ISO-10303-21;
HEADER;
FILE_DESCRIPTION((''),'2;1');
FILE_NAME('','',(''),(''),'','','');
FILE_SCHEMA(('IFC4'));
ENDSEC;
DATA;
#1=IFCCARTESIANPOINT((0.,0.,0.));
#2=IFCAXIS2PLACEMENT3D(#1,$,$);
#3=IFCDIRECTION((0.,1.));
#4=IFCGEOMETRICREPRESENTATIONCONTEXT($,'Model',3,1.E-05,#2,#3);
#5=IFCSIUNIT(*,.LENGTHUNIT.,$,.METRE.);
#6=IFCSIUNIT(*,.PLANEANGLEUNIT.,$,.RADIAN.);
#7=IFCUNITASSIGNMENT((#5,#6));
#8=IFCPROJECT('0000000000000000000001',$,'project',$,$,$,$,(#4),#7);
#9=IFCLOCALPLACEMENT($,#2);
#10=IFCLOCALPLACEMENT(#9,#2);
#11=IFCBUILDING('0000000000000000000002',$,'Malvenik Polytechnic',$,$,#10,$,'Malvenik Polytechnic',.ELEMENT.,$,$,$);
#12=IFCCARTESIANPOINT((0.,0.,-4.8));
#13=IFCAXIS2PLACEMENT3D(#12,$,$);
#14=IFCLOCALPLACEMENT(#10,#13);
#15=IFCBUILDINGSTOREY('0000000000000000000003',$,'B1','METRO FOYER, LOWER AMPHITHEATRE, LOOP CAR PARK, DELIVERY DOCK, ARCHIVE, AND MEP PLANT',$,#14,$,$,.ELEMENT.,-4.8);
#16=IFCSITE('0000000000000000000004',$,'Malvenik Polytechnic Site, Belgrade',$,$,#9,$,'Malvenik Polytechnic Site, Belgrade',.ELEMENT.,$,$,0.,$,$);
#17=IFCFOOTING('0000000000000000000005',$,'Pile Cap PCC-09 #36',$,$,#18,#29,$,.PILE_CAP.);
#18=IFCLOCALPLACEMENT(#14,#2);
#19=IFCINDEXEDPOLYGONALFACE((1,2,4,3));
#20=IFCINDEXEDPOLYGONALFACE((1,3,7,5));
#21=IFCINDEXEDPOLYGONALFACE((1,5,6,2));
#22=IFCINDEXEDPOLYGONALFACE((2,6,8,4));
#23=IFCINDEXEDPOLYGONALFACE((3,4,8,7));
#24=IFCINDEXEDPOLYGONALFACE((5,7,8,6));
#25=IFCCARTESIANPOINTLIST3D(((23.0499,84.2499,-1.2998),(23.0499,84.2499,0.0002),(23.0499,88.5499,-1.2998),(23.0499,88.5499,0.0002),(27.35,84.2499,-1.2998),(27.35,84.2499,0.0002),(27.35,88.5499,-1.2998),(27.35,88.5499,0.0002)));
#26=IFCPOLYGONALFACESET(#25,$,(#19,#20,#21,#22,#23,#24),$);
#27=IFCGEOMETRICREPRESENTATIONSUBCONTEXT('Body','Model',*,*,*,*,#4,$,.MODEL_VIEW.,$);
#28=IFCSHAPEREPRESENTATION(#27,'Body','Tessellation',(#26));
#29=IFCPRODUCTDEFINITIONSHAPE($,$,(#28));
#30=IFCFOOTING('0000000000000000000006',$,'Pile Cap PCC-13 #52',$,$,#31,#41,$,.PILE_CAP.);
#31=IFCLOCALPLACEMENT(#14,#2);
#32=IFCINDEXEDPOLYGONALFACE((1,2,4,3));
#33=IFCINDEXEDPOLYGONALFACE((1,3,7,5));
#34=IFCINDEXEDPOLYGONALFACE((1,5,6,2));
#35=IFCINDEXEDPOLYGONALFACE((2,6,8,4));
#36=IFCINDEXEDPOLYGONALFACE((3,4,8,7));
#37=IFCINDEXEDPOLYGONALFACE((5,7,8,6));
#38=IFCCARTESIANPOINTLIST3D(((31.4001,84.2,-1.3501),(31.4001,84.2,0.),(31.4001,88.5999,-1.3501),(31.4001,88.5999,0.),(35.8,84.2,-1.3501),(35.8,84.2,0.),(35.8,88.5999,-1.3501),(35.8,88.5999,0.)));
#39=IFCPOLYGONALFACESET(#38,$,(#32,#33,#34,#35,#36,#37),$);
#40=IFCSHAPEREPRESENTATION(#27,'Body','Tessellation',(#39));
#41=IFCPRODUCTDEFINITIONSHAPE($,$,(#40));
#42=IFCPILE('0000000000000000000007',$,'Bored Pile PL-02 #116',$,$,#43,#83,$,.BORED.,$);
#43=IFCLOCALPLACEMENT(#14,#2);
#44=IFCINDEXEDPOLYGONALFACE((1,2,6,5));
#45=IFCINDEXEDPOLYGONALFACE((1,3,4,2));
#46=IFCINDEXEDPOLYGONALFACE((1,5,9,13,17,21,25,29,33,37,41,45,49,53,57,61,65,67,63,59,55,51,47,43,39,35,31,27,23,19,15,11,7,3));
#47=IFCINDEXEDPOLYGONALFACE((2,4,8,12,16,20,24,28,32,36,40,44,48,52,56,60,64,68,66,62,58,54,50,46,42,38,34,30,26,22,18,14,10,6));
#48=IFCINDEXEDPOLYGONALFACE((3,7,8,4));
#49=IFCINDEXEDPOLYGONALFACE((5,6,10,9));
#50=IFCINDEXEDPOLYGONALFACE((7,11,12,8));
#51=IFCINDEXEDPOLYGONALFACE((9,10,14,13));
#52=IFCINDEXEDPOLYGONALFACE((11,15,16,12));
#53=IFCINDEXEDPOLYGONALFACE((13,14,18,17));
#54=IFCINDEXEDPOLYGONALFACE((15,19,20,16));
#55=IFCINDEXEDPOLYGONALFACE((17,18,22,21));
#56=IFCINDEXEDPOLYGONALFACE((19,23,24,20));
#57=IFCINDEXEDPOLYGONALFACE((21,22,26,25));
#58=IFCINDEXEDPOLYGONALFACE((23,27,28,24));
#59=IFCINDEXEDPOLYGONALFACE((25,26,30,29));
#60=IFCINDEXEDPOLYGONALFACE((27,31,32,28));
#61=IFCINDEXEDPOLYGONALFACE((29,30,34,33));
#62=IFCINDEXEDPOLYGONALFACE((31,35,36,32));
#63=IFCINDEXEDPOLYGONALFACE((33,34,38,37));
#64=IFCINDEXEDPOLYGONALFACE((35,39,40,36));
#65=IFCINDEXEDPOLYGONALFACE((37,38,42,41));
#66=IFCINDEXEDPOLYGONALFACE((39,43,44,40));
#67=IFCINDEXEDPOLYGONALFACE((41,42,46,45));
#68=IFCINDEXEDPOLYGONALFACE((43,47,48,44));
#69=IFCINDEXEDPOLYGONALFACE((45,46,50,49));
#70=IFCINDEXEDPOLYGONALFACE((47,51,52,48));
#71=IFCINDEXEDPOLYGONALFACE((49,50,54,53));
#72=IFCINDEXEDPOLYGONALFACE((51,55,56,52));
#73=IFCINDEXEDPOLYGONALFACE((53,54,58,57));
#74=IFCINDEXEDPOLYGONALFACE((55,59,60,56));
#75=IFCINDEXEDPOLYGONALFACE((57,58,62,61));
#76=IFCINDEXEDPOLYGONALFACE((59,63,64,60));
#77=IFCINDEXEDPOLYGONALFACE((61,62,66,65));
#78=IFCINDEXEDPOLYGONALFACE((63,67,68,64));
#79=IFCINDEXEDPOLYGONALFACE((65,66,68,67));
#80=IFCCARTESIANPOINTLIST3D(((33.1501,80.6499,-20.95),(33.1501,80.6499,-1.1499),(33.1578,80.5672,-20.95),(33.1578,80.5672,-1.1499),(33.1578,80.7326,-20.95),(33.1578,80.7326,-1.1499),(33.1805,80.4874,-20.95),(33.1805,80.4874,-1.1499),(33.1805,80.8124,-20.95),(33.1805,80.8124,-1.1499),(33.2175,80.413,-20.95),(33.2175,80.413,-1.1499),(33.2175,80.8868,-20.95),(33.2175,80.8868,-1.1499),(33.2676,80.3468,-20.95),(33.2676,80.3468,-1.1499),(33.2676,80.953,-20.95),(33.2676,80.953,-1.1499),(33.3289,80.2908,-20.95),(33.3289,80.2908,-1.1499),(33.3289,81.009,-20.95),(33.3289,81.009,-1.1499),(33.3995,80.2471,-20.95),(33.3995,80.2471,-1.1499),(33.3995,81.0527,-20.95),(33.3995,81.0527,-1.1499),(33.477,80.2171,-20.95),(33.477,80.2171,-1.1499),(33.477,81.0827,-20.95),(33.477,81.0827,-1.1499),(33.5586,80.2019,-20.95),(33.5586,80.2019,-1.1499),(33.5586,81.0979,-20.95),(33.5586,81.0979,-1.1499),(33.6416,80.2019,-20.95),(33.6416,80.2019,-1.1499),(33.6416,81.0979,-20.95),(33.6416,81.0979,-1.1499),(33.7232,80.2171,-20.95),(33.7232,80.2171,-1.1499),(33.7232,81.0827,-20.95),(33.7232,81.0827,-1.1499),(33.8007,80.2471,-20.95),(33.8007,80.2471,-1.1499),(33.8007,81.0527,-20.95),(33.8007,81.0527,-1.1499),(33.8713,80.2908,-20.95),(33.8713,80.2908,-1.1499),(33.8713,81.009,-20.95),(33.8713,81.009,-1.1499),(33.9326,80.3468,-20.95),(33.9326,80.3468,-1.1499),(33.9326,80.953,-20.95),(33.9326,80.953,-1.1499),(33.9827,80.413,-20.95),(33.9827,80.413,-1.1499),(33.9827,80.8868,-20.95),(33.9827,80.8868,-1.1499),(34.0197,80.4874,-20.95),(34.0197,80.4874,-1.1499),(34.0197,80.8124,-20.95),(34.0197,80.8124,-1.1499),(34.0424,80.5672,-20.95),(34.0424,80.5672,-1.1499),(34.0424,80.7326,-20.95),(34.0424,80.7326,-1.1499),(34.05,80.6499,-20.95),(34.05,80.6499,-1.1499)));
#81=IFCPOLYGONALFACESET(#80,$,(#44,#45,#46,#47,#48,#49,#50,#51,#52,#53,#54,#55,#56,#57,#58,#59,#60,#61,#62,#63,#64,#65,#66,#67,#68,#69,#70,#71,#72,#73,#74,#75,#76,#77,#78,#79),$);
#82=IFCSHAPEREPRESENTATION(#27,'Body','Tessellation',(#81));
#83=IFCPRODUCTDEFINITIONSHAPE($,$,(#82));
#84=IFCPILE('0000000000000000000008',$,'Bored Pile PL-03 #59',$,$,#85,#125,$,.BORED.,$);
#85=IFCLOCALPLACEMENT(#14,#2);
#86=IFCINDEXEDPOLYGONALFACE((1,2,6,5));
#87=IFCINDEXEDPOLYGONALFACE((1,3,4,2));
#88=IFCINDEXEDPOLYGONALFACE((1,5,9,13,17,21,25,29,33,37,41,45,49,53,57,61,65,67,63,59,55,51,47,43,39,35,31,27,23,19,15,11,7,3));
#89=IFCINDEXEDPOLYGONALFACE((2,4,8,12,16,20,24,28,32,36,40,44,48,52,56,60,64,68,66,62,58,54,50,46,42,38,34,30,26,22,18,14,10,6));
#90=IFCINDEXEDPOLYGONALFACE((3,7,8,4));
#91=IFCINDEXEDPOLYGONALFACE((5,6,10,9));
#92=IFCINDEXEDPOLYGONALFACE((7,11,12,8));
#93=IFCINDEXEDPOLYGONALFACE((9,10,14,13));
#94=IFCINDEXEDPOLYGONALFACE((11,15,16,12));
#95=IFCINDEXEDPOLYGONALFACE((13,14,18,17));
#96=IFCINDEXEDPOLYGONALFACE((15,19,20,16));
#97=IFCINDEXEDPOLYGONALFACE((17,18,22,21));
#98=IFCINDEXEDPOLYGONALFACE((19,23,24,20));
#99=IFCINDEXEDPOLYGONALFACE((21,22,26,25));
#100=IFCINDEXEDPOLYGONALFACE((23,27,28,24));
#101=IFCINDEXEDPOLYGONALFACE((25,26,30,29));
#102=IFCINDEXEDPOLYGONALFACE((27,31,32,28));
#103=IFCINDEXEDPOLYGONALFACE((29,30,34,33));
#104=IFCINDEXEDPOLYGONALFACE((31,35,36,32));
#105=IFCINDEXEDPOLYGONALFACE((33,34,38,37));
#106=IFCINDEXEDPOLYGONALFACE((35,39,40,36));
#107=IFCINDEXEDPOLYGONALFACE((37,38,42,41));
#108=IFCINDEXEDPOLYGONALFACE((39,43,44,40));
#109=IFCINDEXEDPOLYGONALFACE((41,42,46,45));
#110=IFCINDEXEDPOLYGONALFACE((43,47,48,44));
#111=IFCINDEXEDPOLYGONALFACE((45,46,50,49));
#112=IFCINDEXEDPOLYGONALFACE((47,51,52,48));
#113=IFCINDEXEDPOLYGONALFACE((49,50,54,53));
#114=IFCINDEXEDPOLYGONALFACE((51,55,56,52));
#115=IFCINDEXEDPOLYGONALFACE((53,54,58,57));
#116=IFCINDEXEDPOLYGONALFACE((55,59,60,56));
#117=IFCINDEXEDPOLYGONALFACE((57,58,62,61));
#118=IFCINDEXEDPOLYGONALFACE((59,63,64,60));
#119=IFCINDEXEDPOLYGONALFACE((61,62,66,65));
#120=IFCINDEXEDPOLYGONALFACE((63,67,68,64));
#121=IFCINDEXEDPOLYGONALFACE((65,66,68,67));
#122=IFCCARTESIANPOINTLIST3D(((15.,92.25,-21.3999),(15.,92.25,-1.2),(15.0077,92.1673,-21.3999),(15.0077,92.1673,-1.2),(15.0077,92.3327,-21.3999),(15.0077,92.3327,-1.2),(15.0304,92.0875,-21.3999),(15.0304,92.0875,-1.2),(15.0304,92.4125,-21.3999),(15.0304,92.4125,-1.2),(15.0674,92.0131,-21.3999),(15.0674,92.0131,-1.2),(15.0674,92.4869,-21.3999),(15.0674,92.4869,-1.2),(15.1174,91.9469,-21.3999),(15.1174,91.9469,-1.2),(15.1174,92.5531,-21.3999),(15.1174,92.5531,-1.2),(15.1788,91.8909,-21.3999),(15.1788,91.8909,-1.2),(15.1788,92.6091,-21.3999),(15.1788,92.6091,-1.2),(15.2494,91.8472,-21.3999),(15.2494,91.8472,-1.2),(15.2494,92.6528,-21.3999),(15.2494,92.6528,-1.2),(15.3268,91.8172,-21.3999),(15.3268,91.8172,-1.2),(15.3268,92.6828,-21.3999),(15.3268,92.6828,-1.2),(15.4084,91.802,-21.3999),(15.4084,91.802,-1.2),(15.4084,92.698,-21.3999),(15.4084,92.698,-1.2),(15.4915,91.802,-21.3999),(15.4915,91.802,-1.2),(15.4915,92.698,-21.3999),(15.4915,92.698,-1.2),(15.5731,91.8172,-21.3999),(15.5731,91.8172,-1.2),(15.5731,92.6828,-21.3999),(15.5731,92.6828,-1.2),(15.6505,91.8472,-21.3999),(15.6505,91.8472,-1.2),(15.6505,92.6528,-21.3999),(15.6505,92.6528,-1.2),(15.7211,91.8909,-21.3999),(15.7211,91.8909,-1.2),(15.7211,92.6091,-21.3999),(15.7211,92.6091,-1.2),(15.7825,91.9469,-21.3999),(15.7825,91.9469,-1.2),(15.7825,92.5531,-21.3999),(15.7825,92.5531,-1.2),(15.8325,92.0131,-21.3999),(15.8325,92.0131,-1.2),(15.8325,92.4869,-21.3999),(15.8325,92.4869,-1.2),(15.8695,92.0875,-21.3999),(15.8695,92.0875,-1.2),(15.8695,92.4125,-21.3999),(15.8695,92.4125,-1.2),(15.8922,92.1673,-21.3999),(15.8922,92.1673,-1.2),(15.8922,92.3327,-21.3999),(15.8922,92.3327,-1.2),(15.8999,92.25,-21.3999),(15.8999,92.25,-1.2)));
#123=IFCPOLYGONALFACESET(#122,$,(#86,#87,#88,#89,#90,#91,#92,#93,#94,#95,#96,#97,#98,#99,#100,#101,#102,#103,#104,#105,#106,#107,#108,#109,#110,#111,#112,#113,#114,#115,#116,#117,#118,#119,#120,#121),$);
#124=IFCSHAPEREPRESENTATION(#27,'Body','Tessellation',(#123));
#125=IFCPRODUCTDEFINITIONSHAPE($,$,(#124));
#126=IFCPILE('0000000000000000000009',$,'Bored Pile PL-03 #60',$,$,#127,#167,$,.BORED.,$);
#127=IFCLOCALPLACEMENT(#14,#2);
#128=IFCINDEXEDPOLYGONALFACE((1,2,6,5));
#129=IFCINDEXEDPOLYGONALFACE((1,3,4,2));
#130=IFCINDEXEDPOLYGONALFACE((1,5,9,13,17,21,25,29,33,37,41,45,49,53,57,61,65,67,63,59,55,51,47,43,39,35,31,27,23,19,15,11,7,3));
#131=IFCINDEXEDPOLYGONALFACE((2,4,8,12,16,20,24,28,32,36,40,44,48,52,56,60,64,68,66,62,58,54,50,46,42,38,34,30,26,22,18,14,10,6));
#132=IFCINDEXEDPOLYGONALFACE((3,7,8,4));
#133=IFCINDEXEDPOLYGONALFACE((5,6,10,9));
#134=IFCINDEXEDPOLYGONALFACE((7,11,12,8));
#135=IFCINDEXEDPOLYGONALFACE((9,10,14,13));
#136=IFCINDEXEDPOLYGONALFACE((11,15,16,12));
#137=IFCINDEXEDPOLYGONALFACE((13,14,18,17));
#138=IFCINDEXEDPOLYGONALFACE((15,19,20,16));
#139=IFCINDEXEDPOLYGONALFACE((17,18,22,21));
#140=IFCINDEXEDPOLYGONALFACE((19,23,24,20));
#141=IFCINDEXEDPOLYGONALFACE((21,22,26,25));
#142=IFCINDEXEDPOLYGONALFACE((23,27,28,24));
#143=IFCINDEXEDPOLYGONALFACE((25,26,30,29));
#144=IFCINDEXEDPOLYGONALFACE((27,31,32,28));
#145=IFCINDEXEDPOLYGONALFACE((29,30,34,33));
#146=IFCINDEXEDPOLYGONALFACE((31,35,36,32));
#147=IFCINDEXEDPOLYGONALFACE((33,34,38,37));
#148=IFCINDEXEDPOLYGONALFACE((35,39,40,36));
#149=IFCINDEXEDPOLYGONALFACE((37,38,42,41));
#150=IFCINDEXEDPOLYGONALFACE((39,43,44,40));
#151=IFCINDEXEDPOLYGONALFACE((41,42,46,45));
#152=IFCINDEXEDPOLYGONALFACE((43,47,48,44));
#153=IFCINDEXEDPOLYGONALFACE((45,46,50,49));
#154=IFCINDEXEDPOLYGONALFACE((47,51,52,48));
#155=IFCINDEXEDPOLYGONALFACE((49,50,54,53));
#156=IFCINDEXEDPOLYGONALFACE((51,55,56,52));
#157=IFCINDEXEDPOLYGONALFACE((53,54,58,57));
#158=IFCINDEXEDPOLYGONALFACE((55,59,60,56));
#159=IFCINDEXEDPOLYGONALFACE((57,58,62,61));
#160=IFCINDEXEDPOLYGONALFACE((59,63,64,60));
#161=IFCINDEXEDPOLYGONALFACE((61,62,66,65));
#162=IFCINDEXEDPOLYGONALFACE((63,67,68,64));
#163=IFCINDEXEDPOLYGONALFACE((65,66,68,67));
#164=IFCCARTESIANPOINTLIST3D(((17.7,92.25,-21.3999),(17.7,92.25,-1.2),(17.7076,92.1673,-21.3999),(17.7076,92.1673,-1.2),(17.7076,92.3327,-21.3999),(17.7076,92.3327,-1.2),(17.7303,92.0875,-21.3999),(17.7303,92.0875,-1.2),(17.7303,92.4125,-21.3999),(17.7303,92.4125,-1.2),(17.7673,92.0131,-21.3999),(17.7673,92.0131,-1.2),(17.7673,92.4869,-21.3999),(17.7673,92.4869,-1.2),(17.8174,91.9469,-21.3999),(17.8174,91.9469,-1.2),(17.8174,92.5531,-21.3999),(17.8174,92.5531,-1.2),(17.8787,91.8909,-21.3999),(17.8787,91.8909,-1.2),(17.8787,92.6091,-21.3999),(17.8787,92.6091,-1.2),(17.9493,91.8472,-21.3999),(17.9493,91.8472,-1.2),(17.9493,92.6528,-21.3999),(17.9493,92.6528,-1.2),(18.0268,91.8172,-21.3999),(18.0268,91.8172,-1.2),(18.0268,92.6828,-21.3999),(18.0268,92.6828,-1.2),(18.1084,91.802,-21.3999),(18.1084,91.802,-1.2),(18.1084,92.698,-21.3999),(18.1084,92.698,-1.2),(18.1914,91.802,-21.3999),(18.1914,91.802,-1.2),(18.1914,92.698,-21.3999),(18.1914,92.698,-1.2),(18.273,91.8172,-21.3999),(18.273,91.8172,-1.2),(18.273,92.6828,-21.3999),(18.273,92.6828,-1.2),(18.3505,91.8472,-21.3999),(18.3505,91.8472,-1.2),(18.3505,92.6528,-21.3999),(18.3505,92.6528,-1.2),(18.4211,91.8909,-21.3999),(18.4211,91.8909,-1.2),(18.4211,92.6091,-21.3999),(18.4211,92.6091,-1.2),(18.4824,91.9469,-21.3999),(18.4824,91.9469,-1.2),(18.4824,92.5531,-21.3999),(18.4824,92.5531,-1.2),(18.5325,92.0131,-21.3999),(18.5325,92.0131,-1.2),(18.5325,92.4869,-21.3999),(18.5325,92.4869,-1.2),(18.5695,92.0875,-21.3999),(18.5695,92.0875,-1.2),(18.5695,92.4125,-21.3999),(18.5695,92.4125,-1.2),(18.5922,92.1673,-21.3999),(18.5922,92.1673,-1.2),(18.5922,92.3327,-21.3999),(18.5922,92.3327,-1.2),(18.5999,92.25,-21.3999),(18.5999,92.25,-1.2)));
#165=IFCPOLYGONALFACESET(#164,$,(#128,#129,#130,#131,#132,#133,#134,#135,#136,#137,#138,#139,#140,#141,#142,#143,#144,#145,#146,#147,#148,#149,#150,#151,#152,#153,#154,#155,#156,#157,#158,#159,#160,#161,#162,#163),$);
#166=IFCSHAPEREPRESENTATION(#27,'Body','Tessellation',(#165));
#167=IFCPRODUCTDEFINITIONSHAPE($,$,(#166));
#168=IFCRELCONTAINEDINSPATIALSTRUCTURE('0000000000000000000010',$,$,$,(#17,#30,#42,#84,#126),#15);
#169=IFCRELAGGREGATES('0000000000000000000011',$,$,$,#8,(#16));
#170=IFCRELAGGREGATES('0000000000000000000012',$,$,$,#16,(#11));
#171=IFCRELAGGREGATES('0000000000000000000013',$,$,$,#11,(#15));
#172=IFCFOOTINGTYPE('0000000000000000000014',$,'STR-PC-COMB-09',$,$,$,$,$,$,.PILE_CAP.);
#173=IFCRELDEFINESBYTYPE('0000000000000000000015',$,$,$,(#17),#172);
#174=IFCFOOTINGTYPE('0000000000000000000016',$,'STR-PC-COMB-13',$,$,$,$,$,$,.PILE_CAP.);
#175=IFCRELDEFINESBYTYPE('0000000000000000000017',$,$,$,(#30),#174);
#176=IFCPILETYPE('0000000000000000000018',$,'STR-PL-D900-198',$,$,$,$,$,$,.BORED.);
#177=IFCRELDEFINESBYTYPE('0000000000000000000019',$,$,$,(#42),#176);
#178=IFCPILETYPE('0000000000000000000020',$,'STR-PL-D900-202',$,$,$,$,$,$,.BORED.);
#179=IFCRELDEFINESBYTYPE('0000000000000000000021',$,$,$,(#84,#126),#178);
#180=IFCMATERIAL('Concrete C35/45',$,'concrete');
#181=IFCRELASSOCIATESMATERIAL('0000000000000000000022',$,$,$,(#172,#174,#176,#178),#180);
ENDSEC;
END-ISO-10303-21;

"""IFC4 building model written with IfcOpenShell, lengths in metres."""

from ifc_helpers import new_model, si_unit, direction, frame, origin, origin_2d, place, context, subcontext, project, spatial, rectangle, circle, extrude, material, material_profile, profile_set, type_object, element, save


model = new_model("IFC4")

# Units and contexts
model_context = context("Model", 3, precision=1e-05, world=origin(), true_north=direction((0.0, 1.0)))
body_context = subcontext(model_context, "Body", "Model", "MODEL_VIEW")
ifc_project = project(units=[si_unit("LENGTHUNIT", "METRE"), si_unit("PLANEANGLEUNIT", "RADIAN")], contexts=[model_context])

# Site, building, storey
site_placement = place(None, origin())
site = spatial("IfcSite", under=ifc_project, at=site_placement, Name="Malvenik Polytechnic Site, Belgrade", LongName="Malvenik Polytechnic Site, Belgrade", CompositionType="ELEMENT", RefElevation=0.0)
building_placement = place(site_placement, origin())
building = spatial("IfcBuilding", under=site, at=building_placement, Name="Malvenik Polytechnic", LongName="Malvenik Polytechnic", CompositionType="ELEMENT")
storey_placement = place(building_placement, frame((0.0, 0.0, -4.8)))
storey = spatial("IfcBuildingStorey", under=building, at=storey_placement, Name="B1", Description="METRO FOYER, LOWER AMPHITHEATRE, LOOP CAR PARK, DELIVERY DOCK, ARCHIVE, AND MEP PLANT", CompositionType="ELEMENT", Elevation=-4.8)

# Footings
ifc_material_1 = material(Name="Concrete C35/45", Category="concrete")
footing_type_1 = type_object("IfcFootingType", Name="STR-PC-COMB-09", PredefinedType="PILE_CAP", material=ifc_material_1)
footing_1_placement = place(storey_placement, frame((25.2, 86.3999, -1.2998), z_axis=(0.0, 0.0, 1.0), x_axis=(1.0, 0.0, 0.0)))
element("IfcFooting", 1, at=footing_1_placement, inside=storey, type_object=footing_type_1, Name="Pile Cap PCC-09 #36", PredefinedType="PILE_CAP", context=body_context, shape_type="SweptSolid", body=[
    extrude(rectangle(XDim=4.3, YDim=4.3, at=origin_2d()), origin(), (0.0, 0.0, 1.0), 1.3),
])
footing_type_2 = type_object("IfcFootingType", Name="STR-PC-COMB-13", PredefinedType="PILE_CAP", material=ifc_material_1)
footing_2_placement = place(storey_placement, frame((33.6001, 86.3999, -1.3501), z_axis=(0.0, 0.0, 1.0), x_axis=(1.0, 0.0, 0.0)))
element("IfcFooting", 2, at=footing_2_placement, inside=storey, type_object=footing_type_2, Name="Pile Cap PCC-13 #52", PredefinedType="PILE_CAP", context=body_context, shape_type="SweptSolid", body=[
    extrude(rectangle(XDim=4.3999, YDim=4.3999, at=origin_2d()), origin(), (0.0, 0.0, 1.0), 1.3501),
])

# Piles
ifc_material_profile_1 = material_profile(ifc_material_1, circle(Radius=0.45, at=origin_2d()), Name="BORED PILE D900")
ifc_profile_set_1 = profile_set([ifc_material_profile_1], Name="Concrete C35/45")
pile_type_1 = type_object("IfcPileType", Name="STR-PL-D900-198", PredefinedType="BORED", material=ifc_profile_set_1)
pile_placement = place(storey_placement, frame((33.6001, 80.6499, -1.1499), z_axis=(0.0, 0.0, -1.0), x_axis=(1.0, 0.0, 0.0)))
element("IfcPile", 3, at=pile_placement, inside=storey, type_object=pile_type_1, Name="Bored Pile PL-02 #116", PredefinedType="BORED", context=body_context, shape_type="SweptSolid", body=[
    extrude(circle(Radius=0.45, at=origin_2d()), origin(), (0.0, 0.0, 1.0), 19.8),
])
ifc_material_profile_2 = material_profile(ifc_material_1, circle(Radius=0.45, at=origin_2d()), Name="BORED PILE D900")
ifc_profile_set_2 = profile_set([ifc_material_profile_2], Name="Concrete C35/45")
pile_type_2 = type_object("IfcPileType", Name="STR-PL-D900-202", PredefinedType="BORED", material=ifc_profile_set_2)
for number, where, z_axis, x_axis, name in (
    (4, (15.45, 92.25, -1.2), (0.0, 0.0, -1.0), (1.0, 0.0, 0.0), "Bored Pile PL-03 #59"),
    (5, (18.1499, 92.25, -1.2), (0.0, 0.0, -1.0), (1.0, 0.0, 0.0), "Bored Pile PL-03 #60"),
):
    element("IfcPile", number, at=place(storey_placement, frame(where, z_axis=z_axis, x_axis=x_axis)), inside=storey, type_object=pile_type_2, Name=name, PredefinedType="BORED", context=body_context, shape_type="SweptSolid", body=[
        extrude(circle(Radius=0.45, at=origin_2d()), origin(), (0.0, 0.0, 1.0), 20.2),
    ])

save(model, "model.ifc")
